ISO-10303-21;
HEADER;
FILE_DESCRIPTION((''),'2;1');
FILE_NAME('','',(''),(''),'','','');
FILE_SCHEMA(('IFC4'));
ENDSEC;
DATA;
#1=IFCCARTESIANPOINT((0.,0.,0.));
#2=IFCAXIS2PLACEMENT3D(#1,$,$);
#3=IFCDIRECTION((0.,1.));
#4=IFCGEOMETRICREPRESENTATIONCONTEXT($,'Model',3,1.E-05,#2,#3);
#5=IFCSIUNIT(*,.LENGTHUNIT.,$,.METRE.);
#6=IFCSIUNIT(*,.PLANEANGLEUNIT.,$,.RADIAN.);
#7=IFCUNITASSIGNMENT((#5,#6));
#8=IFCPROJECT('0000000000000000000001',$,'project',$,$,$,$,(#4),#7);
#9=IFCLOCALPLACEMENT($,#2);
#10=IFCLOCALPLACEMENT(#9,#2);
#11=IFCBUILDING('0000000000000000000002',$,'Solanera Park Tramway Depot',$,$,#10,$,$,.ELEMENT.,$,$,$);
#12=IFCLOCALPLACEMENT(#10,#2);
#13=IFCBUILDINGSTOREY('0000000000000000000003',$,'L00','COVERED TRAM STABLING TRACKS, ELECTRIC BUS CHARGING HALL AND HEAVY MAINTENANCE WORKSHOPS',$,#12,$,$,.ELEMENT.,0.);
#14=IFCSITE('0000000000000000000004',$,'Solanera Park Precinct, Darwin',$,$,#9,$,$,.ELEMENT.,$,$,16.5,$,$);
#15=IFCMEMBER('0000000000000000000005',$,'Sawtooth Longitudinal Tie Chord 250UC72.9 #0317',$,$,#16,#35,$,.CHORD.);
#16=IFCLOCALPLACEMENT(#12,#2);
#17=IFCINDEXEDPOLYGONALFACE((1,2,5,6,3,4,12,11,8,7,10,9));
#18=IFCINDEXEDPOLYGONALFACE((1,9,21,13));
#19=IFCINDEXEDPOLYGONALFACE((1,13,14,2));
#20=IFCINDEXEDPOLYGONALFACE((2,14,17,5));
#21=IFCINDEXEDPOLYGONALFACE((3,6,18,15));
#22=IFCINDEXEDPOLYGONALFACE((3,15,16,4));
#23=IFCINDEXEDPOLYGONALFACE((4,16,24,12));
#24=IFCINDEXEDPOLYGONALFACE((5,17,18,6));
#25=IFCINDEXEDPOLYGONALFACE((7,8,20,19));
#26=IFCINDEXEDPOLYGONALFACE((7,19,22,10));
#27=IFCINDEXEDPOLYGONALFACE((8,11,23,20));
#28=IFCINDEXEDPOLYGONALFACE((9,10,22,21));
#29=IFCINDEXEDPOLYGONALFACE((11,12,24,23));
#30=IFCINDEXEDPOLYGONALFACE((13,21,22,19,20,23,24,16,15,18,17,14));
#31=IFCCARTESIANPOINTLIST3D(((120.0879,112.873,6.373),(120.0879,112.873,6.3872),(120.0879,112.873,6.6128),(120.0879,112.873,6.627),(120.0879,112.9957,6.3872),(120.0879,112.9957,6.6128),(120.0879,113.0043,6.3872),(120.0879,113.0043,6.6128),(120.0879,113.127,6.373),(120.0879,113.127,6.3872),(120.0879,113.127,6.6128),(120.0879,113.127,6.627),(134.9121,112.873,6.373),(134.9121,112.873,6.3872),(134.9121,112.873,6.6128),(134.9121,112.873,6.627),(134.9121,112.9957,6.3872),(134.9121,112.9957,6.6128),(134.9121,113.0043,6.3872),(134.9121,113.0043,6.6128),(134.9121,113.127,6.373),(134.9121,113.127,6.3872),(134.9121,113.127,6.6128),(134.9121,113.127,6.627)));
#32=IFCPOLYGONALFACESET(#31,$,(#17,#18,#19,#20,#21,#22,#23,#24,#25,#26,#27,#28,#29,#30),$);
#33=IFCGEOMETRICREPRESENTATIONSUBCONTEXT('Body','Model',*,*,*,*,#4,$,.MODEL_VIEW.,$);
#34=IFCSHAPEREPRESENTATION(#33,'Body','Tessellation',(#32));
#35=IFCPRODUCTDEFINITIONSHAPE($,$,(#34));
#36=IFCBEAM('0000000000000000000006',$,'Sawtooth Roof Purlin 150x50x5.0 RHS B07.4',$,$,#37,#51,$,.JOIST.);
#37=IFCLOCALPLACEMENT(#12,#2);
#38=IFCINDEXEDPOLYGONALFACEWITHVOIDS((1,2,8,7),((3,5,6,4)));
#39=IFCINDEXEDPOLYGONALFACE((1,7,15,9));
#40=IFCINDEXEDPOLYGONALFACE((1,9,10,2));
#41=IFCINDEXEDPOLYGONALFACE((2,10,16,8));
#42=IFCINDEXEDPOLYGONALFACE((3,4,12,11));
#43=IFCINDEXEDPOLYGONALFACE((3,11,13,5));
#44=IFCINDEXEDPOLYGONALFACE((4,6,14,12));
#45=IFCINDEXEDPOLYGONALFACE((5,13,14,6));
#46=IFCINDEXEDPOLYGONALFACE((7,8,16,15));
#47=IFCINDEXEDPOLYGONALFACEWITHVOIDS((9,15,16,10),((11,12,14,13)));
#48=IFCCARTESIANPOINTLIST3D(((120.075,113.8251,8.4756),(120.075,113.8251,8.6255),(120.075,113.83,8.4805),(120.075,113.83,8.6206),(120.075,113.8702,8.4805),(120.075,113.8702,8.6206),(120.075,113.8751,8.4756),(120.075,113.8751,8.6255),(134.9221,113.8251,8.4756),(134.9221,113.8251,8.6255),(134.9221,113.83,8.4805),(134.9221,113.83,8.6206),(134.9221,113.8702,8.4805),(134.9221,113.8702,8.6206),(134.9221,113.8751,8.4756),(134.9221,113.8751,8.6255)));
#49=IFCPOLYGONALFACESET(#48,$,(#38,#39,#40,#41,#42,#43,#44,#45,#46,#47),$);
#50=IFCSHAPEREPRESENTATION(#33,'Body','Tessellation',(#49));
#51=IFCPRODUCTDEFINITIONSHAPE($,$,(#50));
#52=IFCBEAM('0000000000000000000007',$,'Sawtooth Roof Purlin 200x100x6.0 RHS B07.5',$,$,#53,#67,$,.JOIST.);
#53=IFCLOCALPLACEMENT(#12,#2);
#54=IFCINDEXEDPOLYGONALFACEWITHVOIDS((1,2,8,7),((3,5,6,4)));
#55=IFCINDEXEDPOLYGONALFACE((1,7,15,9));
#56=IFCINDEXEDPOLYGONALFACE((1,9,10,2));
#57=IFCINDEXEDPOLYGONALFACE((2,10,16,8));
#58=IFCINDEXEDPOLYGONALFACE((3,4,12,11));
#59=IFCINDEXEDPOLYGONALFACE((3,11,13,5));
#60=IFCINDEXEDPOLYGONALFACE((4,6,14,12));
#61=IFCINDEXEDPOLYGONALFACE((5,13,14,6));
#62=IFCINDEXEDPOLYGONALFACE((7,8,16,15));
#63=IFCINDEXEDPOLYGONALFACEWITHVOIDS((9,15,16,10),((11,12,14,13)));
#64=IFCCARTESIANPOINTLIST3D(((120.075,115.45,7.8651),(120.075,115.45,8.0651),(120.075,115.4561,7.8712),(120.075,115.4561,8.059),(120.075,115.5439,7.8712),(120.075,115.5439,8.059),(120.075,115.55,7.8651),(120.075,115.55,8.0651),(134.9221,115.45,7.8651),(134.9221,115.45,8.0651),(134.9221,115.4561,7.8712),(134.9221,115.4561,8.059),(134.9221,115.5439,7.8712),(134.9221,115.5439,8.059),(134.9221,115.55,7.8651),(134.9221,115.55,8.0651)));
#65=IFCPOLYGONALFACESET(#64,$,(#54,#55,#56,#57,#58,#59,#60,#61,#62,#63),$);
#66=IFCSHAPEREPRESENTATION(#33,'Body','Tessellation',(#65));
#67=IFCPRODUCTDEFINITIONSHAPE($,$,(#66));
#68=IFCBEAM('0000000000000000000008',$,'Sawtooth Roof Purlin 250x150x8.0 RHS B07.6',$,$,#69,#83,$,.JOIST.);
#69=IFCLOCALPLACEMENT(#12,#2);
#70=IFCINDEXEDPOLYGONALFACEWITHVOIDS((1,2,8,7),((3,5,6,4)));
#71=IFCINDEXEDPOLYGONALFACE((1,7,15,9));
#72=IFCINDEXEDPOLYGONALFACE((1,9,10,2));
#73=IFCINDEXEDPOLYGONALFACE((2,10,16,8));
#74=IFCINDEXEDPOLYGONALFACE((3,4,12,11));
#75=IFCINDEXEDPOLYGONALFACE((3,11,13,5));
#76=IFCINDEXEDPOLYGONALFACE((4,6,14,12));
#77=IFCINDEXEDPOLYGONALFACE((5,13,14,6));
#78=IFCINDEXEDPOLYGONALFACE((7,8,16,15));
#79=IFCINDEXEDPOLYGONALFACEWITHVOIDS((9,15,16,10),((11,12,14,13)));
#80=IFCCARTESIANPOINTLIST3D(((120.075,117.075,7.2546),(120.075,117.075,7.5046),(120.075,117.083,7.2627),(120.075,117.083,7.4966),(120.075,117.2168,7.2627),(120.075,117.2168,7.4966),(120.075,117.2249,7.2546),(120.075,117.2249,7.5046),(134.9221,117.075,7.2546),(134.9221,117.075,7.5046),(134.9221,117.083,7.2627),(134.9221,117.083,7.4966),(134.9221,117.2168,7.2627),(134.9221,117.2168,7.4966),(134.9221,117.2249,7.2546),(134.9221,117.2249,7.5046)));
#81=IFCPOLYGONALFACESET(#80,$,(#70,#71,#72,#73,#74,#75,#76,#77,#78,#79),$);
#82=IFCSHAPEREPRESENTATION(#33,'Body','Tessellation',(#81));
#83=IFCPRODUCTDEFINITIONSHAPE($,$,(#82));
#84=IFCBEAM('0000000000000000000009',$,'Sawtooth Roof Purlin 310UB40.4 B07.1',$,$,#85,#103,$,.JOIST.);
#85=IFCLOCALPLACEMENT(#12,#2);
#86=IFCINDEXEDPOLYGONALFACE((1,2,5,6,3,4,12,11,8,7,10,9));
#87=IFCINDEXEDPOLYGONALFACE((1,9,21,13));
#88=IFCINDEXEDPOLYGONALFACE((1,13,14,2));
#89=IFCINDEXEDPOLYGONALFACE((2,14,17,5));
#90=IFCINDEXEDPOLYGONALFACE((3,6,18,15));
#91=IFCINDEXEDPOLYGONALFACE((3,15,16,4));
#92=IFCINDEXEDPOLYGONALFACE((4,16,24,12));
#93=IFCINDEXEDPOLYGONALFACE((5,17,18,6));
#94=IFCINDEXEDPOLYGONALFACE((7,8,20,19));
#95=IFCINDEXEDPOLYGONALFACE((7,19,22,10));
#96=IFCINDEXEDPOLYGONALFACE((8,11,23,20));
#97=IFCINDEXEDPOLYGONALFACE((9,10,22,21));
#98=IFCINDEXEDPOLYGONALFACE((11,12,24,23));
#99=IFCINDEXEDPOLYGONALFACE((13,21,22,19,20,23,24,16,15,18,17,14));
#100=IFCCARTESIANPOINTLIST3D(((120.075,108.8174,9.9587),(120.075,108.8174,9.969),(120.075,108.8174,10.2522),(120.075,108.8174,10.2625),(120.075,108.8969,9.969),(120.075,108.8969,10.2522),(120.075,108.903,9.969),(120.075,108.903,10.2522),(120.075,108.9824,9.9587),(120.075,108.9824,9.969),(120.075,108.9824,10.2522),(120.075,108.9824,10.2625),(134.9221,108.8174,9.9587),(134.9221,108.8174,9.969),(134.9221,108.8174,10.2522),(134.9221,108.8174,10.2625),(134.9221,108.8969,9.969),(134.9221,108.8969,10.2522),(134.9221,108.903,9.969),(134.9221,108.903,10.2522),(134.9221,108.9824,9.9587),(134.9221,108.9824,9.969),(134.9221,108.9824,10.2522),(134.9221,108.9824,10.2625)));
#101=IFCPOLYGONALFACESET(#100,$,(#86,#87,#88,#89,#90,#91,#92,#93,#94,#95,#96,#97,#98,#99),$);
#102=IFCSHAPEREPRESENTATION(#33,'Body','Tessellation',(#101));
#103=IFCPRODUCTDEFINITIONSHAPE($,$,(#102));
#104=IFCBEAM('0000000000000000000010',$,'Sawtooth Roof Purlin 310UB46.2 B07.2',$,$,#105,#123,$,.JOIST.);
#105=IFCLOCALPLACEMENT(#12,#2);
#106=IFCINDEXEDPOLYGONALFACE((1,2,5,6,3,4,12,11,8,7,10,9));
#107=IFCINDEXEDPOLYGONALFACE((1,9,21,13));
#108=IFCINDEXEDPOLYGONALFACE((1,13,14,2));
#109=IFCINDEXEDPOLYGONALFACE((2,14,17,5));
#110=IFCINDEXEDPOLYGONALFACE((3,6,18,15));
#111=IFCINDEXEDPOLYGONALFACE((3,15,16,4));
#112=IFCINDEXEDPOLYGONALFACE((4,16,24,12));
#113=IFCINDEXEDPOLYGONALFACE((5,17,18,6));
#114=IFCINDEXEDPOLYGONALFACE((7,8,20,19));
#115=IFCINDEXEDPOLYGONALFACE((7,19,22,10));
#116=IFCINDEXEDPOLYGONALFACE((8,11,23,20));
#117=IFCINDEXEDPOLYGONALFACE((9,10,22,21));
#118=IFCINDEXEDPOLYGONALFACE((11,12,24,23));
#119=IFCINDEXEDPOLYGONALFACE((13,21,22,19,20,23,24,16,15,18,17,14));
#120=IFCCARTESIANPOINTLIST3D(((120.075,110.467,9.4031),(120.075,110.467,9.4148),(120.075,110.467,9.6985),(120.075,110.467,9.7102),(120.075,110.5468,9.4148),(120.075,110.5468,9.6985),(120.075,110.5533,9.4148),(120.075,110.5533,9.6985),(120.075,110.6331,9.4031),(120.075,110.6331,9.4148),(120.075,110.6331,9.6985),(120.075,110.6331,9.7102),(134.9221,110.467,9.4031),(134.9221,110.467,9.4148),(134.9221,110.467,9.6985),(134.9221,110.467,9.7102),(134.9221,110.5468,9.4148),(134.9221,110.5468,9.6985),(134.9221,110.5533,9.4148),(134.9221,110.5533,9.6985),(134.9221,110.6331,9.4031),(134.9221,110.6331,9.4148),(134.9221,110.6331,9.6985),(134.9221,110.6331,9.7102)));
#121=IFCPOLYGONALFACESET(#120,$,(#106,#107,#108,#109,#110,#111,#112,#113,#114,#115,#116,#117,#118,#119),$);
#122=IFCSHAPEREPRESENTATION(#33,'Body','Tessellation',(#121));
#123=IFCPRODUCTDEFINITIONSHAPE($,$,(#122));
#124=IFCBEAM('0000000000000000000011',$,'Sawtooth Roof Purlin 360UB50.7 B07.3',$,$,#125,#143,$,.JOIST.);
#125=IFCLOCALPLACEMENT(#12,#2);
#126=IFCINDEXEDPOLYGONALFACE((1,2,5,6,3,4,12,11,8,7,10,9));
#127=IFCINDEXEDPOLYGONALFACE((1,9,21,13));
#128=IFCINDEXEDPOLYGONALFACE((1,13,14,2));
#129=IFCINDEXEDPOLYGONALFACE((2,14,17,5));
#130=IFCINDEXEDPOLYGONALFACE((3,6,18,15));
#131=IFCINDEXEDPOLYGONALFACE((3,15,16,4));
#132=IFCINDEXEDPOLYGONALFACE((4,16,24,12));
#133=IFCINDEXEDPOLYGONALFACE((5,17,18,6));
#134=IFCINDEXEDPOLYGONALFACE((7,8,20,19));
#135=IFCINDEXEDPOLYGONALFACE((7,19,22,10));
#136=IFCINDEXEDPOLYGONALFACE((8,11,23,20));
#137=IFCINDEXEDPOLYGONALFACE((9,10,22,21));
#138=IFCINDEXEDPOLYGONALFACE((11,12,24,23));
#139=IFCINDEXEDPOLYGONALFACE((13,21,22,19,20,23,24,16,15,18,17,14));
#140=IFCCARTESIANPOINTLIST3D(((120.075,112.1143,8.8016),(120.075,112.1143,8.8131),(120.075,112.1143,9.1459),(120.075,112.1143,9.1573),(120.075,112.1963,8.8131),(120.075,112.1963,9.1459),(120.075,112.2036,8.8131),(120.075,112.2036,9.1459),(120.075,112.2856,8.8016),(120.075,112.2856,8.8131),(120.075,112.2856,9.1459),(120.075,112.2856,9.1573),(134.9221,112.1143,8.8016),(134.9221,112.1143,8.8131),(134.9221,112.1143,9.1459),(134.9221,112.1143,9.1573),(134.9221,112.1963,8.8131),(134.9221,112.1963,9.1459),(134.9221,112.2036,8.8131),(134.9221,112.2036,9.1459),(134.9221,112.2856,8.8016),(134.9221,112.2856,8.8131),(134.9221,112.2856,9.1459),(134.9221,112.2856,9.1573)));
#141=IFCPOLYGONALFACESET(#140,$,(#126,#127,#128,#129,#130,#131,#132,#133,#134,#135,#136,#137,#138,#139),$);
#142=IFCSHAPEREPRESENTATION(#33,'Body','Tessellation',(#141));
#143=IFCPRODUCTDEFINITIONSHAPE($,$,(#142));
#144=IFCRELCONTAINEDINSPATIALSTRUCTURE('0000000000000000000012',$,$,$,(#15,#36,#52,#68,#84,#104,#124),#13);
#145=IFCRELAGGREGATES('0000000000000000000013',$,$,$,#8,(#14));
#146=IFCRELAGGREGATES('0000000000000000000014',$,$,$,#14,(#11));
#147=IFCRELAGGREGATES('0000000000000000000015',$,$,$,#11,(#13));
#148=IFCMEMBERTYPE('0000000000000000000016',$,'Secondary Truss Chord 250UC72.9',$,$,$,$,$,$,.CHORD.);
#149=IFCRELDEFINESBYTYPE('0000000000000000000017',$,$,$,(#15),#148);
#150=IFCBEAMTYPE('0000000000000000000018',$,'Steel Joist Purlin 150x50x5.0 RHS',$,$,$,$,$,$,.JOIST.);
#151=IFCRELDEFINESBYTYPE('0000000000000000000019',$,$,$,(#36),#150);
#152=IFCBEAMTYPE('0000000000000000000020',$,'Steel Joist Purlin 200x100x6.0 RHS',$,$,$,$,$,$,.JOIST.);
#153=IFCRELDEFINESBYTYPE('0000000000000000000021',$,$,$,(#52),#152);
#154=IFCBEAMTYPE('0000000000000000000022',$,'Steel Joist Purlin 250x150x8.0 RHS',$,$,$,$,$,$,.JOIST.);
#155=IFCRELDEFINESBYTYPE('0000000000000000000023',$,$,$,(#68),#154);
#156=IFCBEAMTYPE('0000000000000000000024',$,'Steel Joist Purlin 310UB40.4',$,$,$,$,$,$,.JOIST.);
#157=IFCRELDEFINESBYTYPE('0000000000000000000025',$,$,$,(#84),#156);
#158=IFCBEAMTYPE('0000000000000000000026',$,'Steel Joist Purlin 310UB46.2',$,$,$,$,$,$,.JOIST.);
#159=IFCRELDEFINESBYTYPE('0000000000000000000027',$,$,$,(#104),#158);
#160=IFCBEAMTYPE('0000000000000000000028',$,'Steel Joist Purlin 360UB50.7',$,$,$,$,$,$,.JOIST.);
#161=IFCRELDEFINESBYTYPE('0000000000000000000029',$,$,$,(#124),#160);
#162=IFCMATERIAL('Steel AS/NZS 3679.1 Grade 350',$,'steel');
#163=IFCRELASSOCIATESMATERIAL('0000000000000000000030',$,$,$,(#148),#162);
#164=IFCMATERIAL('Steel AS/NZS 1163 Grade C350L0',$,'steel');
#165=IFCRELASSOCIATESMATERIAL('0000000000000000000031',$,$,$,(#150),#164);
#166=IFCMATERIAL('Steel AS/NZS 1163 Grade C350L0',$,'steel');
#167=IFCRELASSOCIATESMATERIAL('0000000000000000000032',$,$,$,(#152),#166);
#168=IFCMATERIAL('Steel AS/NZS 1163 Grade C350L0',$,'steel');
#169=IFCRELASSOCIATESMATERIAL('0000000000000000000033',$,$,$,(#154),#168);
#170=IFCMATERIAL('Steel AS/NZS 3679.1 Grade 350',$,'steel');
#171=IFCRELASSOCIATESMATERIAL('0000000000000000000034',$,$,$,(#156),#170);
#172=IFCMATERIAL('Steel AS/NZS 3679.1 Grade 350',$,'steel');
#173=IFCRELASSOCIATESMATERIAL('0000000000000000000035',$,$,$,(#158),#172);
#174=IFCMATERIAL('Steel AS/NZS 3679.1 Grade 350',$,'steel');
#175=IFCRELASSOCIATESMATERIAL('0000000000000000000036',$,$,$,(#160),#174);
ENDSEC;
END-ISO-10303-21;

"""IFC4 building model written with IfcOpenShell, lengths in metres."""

from ifc_helpers import new_model, si_unit, direction, frame, origin, origin_2d, place, context, subcontext, project, spatial, hollow_rectangle, i_section, extrude, material, material_profile, profile_set, type_object, element, save


model = new_model("IFC4")

# Units and contexts
model_context = context("Model", 3, precision=1e-05, world=origin(), true_north=direction((0.0, 1.0)))
body_context = subcontext(model_context, "Body", "Model", "MODEL_VIEW")
ifc_project = project(units=[si_unit("LENGTHUNIT", "METRE"), si_unit("PLANEANGLEUNIT", "RADIAN")], contexts=[model_context])

# Site, building, storey
site_placement = place(None, origin())
site = spatial("IfcSite", under=ifc_project, at=site_placement, Name="Solanera Park Precinct, Darwin", CompositionType="ELEMENT", RefElevation=16.5)
building_placement = place(site_placement, origin())
building = spatial("IfcBuilding", under=site, at=building_placement, Name="Solanera Park Tramway Depot", CompositionType="ELEMENT")
storey_placement = place(building_placement, origin())
storey = spatial("IfcBuildingStorey", under=building, at=storey_placement, Name="L00", Description="COVERED TRAM STABLING TRACKS, ELECTRIC BUS CHARGING HALL AND HEAVY MAINTENANCE WORKSHOPS", CompositionType="ELEMENT", Elevation=0.0)

# Member
ifc_material_1 = material(Name="Steel AS/NZS 3679.1 Grade 350", Category="steel")
ifc_material_profile_1 = material_profile(ifc_material_1, i_section(OverallWidth=0.2539, OverallDepth=0.2539, WebThickness=0.0085, FlangeThickness=0.0142, at=origin_2d()), Name="250UC72.9")
ifc_profile_set_1 = profile_set([ifc_material_profile_1], Name="Steel AS/NZS 3679.1 Grade 350")
member_type_1 = type_object("IfcMemberType", Name="Secondary Truss Chord 250UC72.9", PredefinedType="CHORD", material=ifc_profile_set_1)
member_1_placement = place(storey_placement, frame((120.0879, 113.0, 6.5), z_axis=(1.0, 0.0, 0.0), x_axis=(0.0, 1.0, 0.0)))
element("IfcMember", 1, at=member_1_placement, inside=storey, type_object=member_type_1, Name="Sawtooth Longitudinal Tie Chord 250UC72.9 #0317", PredefinedType="CHORD", context=body_context, shape_type="SweptSolid", body=[
    extrude(i_section(OverallWidth=0.2539, OverallDepth=0.2539, WebThickness=0.0085, FlangeThickness=0.0142, at=origin_2d()), origin(), (0.0, 0.0, 1.0), 14.8242),
])

# Beams
ifc_material_2 = material(Name="Steel AS/NZS 1163 Grade C350L0", Category="steel")
ifc_material_profile_2 = material_profile(ifc_material_2, hollow_rectangle(XDim=0.05, YDim=0.1499, WallThickness=0.0049, at=origin_2d()), Name="150x50x5.0 RHS")
ifc_profile_set_2 = profile_set([ifc_material_profile_2], Name="Steel AS/NZS 1163 Grade C350L0")
beam_type_1 = type_object("IfcBeamType", Name="Steel Joist Purlin 150x50x5.0 RHS", PredefinedType="JOIST", material=ifc_profile_set_2)
beam_1_placement = place(storey_placement, frame((120.075, 113.8501, 8.5505), z_axis=(1.0, 0.0, 0.0), x_axis=(0.0, 1.0, 0.0)))
element("IfcBeam", 2, at=beam_1_placement, inside=storey, type_object=beam_type_1, Name="Sawtooth Roof Purlin 150x50x5.0 RHS B07.4", PredefinedType="JOIST", context=body_context, shape_type="SweptSolid", body=[
    extrude(hollow_rectangle(XDim=0.05, YDim=0.1499, WallThickness=0.0049, at=origin_2d()), origin(), (0.0, 0.0, 1.0), 14.8472),
])
ifc_material_3 = material(Name="Steel AS/NZS 1163 Grade C350L0", Category="steel")
ifc_material_profile_3 = material_profile(ifc_material_3, hollow_rectangle(XDim=0.1001, YDim=0.2, WallThickness=0.0061, at=origin_2d()), Name="200x100x6.0 RHS")
ifc_profile_set_3 = profile_set([ifc_material_profile_3], Name="Steel AS/NZS 1163 Grade C350L0")
beam_type_2 = type_object("IfcBeamType", Name="Steel Joist Purlin 200x100x6.0 RHS", PredefinedType="JOIST", material=ifc_profile_set_3)
beam_2_placement = place(storey_placement, frame((120.075, 115.5, 7.9651), z_axis=(1.0, 0.0, 0.0), x_axis=(0.0, 1.0, 0.0)))
element("IfcBeam", 3, at=beam_2_placement, inside=storey, type_object=beam_type_2, Name="Sawtooth Roof Purlin 200x100x6.0 RHS B07.5", PredefinedType="JOIST", context=body_context, shape_type="SweptSolid", body=[
    extrude(hollow_rectangle(XDim=0.1001, YDim=0.2, WallThickness=0.0061, at=origin_2d()), origin(), (0.0, 0.0, 1.0), 14.8472),
])
ifc_material_4 = material(Name="Steel AS/NZS 1163 Grade C350L0", Category="steel")
ifc_material_profile_4 = material_profile(ifc_material_4, hollow_rectangle(XDim=0.1499, YDim=0.25, WallThickness=0.0081, at=origin_2d()), Name="250x150x8.0 RHS")
ifc_profile_set_4 = profile_set([ifc_material_profile_4], Name="Steel AS/NZS 1163 Grade C350L0")
beam_type_3 = type_object("IfcBeamType", Name="Steel Joist Purlin 250x150x8.0 RHS", PredefinedType="JOIST", material=ifc_profile_set_4)
beam_3_placement = place(storey_placement, frame((120.075, 117.1499, 7.3796), z_axis=(1.0, 0.0, 0.0), x_axis=(0.0, 1.0, 0.0)))
element("IfcBeam", 4, at=beam_3_placement, inside=storey, type_object=beam_type_3, Name="Sawtooth Roof Purlin 250x150x8.0 RHS B07.6", PredefinedType="JOIST", context=body_context, shape_type="SweptSolid", body=[
    extrude(hollow_rectangle(XDim=0.1499, YDim=0.25, WallThickness=0.0081, at=origin_2d()), origin(), (0.0, 0.0, 1.0), 14.8472),
])
ifc_material_5 = material(Name="Steel AS/NZS 3679.1 Grade 350", Category="steel")
ifc_material_profile_5 = material_profile(ifc_material_5, i_section(OverallWidth=0.165, OverallDepth=0.3037, WebThickness=0.0061, FlangeThickness=0.0103, at=origin_2d()), Name="310UB40.4")
ifc_profile_set_5 = profile_set([ifc_material_profile_5], Name="Steel AS/NZS 3679.1 Grade 350")
beam_type_4 = type_object("IfcBeamType", Name="Steel Joist Purlin 310UB40.4", PredefinedType="JOIST", material=ifc_profile_set_5)
beam_4_placement = place(storey_placement, frame((120.075, 108.8999, 10.1106), z_axis=(1.0, 0.0, 0.0), x_axis=(0.0, 1.0, 0.0)))
element("IfcBeam", 5, at=beam_4_placement, inside=storey, type_object=beam_type_4, Name="Sawtooth Roof Purlin 310UB40.4 B07.1", PredefinedType="JOIST", context=body_context, shape_type="SweptSolid", body=[
    extrude(i_section(OverallWidth=0.165, OverallDepth=0.3037, WebThickness=0.0061, FlangeThickness=0.0103, at=origin_2d()), origin(), (0.0, 0.0, 1.0), 14.8472),
])
ifc_material_6 = material(Name="Steel AS/NZS 3679.1 Grade 350", Category="steel")
ifc_material_profile_6 = material_profile(ifc_material_6, i_section(OverallWidth=0.166, OverallDepth=0.3071, WebThickness=0.0066, FlangeThickness=0.0117, at=origin_2d()), Name="310UB46.2")
ifc_profile_set_6 = profile_set([ifc_material_profile_6], Name="Steel AS/NZS 3679.1 Grade 350")
beam_type_5 = type_object("IfcBeamType", Name="Steel Joist Purlin 310UB46.2", PredefinedType="JOIST", material=ifc_profile_set_6)
beam_5_placement = place(storey_placement, frame((120.075, 110.55, 9.5566), z_axis=(1.0, 0.0, 0.0), x_axis=(0.0, 1.0, 0.0)))
element("IfcBeam", 6, at=beam_5_placement, inside=storey, type_object=beam_type_5, Name="Sawtooth Roof Purlin 310UB46.2 B07.2", PredefinedType="JOIST", context=body_context, shape_type="SweptSolid", body=[
    extrude(i_section(OverallWidth=0.166, OverallDepth=0.3071, WebThickness=0.0066, FlangeThickness=0.0117, at=origin_2d()), origin(), (0.0, 0.0, 1.0), 14.8472),
])
ifc_material_7 = material(Name="Steel AS/NZS 3679.1 Grade 350", Category="steel")
ifc_material_profile_7 = material_profile(ifc_material_7, i_section(OverallWidth=0.1714, OverallDepth=0.3557, WebThickness=0.0073, FlangeThickness=0.0115, at=origin_2d()), Name="360UB50.7")
ifc_profile_set_7 = profile_set([ifc_material_profile_7], Name="Steel AS/NZS 3679.1 Grade 350")
beam_type_6 = type_object("IfcBeamType", Name="Steel Joist Purlin 360UB50.7", PredefinedType="JOIST", material=ifc_profile_set_7)
beam_6_placement = place(storey_placement, frame((120.075, 112.2, 8.9795), z_axis=(1.0, 0.0, 0.0), x_axis=(0.0, 1.0, 0.0)))
element("IfcBeam", 7, at=beam_6_placement, inside=storey, type_object=beam_type_6, Name="Sawtooth Roof Purlin 360UB50.7 B07.3", PredefinedType="JOIST", context=body_context, shape_type="SweptSolid", body=[
    extrude(i_section(OverallWidth=0.1714, OverallDepth=0.3557, WebThickness=0.0073, FlangeThickness=0.0115, at=origin_2d()), origin(), (0.0, 0.0, 1.0), 14.8472),
])

save(model, "model.ifc")
